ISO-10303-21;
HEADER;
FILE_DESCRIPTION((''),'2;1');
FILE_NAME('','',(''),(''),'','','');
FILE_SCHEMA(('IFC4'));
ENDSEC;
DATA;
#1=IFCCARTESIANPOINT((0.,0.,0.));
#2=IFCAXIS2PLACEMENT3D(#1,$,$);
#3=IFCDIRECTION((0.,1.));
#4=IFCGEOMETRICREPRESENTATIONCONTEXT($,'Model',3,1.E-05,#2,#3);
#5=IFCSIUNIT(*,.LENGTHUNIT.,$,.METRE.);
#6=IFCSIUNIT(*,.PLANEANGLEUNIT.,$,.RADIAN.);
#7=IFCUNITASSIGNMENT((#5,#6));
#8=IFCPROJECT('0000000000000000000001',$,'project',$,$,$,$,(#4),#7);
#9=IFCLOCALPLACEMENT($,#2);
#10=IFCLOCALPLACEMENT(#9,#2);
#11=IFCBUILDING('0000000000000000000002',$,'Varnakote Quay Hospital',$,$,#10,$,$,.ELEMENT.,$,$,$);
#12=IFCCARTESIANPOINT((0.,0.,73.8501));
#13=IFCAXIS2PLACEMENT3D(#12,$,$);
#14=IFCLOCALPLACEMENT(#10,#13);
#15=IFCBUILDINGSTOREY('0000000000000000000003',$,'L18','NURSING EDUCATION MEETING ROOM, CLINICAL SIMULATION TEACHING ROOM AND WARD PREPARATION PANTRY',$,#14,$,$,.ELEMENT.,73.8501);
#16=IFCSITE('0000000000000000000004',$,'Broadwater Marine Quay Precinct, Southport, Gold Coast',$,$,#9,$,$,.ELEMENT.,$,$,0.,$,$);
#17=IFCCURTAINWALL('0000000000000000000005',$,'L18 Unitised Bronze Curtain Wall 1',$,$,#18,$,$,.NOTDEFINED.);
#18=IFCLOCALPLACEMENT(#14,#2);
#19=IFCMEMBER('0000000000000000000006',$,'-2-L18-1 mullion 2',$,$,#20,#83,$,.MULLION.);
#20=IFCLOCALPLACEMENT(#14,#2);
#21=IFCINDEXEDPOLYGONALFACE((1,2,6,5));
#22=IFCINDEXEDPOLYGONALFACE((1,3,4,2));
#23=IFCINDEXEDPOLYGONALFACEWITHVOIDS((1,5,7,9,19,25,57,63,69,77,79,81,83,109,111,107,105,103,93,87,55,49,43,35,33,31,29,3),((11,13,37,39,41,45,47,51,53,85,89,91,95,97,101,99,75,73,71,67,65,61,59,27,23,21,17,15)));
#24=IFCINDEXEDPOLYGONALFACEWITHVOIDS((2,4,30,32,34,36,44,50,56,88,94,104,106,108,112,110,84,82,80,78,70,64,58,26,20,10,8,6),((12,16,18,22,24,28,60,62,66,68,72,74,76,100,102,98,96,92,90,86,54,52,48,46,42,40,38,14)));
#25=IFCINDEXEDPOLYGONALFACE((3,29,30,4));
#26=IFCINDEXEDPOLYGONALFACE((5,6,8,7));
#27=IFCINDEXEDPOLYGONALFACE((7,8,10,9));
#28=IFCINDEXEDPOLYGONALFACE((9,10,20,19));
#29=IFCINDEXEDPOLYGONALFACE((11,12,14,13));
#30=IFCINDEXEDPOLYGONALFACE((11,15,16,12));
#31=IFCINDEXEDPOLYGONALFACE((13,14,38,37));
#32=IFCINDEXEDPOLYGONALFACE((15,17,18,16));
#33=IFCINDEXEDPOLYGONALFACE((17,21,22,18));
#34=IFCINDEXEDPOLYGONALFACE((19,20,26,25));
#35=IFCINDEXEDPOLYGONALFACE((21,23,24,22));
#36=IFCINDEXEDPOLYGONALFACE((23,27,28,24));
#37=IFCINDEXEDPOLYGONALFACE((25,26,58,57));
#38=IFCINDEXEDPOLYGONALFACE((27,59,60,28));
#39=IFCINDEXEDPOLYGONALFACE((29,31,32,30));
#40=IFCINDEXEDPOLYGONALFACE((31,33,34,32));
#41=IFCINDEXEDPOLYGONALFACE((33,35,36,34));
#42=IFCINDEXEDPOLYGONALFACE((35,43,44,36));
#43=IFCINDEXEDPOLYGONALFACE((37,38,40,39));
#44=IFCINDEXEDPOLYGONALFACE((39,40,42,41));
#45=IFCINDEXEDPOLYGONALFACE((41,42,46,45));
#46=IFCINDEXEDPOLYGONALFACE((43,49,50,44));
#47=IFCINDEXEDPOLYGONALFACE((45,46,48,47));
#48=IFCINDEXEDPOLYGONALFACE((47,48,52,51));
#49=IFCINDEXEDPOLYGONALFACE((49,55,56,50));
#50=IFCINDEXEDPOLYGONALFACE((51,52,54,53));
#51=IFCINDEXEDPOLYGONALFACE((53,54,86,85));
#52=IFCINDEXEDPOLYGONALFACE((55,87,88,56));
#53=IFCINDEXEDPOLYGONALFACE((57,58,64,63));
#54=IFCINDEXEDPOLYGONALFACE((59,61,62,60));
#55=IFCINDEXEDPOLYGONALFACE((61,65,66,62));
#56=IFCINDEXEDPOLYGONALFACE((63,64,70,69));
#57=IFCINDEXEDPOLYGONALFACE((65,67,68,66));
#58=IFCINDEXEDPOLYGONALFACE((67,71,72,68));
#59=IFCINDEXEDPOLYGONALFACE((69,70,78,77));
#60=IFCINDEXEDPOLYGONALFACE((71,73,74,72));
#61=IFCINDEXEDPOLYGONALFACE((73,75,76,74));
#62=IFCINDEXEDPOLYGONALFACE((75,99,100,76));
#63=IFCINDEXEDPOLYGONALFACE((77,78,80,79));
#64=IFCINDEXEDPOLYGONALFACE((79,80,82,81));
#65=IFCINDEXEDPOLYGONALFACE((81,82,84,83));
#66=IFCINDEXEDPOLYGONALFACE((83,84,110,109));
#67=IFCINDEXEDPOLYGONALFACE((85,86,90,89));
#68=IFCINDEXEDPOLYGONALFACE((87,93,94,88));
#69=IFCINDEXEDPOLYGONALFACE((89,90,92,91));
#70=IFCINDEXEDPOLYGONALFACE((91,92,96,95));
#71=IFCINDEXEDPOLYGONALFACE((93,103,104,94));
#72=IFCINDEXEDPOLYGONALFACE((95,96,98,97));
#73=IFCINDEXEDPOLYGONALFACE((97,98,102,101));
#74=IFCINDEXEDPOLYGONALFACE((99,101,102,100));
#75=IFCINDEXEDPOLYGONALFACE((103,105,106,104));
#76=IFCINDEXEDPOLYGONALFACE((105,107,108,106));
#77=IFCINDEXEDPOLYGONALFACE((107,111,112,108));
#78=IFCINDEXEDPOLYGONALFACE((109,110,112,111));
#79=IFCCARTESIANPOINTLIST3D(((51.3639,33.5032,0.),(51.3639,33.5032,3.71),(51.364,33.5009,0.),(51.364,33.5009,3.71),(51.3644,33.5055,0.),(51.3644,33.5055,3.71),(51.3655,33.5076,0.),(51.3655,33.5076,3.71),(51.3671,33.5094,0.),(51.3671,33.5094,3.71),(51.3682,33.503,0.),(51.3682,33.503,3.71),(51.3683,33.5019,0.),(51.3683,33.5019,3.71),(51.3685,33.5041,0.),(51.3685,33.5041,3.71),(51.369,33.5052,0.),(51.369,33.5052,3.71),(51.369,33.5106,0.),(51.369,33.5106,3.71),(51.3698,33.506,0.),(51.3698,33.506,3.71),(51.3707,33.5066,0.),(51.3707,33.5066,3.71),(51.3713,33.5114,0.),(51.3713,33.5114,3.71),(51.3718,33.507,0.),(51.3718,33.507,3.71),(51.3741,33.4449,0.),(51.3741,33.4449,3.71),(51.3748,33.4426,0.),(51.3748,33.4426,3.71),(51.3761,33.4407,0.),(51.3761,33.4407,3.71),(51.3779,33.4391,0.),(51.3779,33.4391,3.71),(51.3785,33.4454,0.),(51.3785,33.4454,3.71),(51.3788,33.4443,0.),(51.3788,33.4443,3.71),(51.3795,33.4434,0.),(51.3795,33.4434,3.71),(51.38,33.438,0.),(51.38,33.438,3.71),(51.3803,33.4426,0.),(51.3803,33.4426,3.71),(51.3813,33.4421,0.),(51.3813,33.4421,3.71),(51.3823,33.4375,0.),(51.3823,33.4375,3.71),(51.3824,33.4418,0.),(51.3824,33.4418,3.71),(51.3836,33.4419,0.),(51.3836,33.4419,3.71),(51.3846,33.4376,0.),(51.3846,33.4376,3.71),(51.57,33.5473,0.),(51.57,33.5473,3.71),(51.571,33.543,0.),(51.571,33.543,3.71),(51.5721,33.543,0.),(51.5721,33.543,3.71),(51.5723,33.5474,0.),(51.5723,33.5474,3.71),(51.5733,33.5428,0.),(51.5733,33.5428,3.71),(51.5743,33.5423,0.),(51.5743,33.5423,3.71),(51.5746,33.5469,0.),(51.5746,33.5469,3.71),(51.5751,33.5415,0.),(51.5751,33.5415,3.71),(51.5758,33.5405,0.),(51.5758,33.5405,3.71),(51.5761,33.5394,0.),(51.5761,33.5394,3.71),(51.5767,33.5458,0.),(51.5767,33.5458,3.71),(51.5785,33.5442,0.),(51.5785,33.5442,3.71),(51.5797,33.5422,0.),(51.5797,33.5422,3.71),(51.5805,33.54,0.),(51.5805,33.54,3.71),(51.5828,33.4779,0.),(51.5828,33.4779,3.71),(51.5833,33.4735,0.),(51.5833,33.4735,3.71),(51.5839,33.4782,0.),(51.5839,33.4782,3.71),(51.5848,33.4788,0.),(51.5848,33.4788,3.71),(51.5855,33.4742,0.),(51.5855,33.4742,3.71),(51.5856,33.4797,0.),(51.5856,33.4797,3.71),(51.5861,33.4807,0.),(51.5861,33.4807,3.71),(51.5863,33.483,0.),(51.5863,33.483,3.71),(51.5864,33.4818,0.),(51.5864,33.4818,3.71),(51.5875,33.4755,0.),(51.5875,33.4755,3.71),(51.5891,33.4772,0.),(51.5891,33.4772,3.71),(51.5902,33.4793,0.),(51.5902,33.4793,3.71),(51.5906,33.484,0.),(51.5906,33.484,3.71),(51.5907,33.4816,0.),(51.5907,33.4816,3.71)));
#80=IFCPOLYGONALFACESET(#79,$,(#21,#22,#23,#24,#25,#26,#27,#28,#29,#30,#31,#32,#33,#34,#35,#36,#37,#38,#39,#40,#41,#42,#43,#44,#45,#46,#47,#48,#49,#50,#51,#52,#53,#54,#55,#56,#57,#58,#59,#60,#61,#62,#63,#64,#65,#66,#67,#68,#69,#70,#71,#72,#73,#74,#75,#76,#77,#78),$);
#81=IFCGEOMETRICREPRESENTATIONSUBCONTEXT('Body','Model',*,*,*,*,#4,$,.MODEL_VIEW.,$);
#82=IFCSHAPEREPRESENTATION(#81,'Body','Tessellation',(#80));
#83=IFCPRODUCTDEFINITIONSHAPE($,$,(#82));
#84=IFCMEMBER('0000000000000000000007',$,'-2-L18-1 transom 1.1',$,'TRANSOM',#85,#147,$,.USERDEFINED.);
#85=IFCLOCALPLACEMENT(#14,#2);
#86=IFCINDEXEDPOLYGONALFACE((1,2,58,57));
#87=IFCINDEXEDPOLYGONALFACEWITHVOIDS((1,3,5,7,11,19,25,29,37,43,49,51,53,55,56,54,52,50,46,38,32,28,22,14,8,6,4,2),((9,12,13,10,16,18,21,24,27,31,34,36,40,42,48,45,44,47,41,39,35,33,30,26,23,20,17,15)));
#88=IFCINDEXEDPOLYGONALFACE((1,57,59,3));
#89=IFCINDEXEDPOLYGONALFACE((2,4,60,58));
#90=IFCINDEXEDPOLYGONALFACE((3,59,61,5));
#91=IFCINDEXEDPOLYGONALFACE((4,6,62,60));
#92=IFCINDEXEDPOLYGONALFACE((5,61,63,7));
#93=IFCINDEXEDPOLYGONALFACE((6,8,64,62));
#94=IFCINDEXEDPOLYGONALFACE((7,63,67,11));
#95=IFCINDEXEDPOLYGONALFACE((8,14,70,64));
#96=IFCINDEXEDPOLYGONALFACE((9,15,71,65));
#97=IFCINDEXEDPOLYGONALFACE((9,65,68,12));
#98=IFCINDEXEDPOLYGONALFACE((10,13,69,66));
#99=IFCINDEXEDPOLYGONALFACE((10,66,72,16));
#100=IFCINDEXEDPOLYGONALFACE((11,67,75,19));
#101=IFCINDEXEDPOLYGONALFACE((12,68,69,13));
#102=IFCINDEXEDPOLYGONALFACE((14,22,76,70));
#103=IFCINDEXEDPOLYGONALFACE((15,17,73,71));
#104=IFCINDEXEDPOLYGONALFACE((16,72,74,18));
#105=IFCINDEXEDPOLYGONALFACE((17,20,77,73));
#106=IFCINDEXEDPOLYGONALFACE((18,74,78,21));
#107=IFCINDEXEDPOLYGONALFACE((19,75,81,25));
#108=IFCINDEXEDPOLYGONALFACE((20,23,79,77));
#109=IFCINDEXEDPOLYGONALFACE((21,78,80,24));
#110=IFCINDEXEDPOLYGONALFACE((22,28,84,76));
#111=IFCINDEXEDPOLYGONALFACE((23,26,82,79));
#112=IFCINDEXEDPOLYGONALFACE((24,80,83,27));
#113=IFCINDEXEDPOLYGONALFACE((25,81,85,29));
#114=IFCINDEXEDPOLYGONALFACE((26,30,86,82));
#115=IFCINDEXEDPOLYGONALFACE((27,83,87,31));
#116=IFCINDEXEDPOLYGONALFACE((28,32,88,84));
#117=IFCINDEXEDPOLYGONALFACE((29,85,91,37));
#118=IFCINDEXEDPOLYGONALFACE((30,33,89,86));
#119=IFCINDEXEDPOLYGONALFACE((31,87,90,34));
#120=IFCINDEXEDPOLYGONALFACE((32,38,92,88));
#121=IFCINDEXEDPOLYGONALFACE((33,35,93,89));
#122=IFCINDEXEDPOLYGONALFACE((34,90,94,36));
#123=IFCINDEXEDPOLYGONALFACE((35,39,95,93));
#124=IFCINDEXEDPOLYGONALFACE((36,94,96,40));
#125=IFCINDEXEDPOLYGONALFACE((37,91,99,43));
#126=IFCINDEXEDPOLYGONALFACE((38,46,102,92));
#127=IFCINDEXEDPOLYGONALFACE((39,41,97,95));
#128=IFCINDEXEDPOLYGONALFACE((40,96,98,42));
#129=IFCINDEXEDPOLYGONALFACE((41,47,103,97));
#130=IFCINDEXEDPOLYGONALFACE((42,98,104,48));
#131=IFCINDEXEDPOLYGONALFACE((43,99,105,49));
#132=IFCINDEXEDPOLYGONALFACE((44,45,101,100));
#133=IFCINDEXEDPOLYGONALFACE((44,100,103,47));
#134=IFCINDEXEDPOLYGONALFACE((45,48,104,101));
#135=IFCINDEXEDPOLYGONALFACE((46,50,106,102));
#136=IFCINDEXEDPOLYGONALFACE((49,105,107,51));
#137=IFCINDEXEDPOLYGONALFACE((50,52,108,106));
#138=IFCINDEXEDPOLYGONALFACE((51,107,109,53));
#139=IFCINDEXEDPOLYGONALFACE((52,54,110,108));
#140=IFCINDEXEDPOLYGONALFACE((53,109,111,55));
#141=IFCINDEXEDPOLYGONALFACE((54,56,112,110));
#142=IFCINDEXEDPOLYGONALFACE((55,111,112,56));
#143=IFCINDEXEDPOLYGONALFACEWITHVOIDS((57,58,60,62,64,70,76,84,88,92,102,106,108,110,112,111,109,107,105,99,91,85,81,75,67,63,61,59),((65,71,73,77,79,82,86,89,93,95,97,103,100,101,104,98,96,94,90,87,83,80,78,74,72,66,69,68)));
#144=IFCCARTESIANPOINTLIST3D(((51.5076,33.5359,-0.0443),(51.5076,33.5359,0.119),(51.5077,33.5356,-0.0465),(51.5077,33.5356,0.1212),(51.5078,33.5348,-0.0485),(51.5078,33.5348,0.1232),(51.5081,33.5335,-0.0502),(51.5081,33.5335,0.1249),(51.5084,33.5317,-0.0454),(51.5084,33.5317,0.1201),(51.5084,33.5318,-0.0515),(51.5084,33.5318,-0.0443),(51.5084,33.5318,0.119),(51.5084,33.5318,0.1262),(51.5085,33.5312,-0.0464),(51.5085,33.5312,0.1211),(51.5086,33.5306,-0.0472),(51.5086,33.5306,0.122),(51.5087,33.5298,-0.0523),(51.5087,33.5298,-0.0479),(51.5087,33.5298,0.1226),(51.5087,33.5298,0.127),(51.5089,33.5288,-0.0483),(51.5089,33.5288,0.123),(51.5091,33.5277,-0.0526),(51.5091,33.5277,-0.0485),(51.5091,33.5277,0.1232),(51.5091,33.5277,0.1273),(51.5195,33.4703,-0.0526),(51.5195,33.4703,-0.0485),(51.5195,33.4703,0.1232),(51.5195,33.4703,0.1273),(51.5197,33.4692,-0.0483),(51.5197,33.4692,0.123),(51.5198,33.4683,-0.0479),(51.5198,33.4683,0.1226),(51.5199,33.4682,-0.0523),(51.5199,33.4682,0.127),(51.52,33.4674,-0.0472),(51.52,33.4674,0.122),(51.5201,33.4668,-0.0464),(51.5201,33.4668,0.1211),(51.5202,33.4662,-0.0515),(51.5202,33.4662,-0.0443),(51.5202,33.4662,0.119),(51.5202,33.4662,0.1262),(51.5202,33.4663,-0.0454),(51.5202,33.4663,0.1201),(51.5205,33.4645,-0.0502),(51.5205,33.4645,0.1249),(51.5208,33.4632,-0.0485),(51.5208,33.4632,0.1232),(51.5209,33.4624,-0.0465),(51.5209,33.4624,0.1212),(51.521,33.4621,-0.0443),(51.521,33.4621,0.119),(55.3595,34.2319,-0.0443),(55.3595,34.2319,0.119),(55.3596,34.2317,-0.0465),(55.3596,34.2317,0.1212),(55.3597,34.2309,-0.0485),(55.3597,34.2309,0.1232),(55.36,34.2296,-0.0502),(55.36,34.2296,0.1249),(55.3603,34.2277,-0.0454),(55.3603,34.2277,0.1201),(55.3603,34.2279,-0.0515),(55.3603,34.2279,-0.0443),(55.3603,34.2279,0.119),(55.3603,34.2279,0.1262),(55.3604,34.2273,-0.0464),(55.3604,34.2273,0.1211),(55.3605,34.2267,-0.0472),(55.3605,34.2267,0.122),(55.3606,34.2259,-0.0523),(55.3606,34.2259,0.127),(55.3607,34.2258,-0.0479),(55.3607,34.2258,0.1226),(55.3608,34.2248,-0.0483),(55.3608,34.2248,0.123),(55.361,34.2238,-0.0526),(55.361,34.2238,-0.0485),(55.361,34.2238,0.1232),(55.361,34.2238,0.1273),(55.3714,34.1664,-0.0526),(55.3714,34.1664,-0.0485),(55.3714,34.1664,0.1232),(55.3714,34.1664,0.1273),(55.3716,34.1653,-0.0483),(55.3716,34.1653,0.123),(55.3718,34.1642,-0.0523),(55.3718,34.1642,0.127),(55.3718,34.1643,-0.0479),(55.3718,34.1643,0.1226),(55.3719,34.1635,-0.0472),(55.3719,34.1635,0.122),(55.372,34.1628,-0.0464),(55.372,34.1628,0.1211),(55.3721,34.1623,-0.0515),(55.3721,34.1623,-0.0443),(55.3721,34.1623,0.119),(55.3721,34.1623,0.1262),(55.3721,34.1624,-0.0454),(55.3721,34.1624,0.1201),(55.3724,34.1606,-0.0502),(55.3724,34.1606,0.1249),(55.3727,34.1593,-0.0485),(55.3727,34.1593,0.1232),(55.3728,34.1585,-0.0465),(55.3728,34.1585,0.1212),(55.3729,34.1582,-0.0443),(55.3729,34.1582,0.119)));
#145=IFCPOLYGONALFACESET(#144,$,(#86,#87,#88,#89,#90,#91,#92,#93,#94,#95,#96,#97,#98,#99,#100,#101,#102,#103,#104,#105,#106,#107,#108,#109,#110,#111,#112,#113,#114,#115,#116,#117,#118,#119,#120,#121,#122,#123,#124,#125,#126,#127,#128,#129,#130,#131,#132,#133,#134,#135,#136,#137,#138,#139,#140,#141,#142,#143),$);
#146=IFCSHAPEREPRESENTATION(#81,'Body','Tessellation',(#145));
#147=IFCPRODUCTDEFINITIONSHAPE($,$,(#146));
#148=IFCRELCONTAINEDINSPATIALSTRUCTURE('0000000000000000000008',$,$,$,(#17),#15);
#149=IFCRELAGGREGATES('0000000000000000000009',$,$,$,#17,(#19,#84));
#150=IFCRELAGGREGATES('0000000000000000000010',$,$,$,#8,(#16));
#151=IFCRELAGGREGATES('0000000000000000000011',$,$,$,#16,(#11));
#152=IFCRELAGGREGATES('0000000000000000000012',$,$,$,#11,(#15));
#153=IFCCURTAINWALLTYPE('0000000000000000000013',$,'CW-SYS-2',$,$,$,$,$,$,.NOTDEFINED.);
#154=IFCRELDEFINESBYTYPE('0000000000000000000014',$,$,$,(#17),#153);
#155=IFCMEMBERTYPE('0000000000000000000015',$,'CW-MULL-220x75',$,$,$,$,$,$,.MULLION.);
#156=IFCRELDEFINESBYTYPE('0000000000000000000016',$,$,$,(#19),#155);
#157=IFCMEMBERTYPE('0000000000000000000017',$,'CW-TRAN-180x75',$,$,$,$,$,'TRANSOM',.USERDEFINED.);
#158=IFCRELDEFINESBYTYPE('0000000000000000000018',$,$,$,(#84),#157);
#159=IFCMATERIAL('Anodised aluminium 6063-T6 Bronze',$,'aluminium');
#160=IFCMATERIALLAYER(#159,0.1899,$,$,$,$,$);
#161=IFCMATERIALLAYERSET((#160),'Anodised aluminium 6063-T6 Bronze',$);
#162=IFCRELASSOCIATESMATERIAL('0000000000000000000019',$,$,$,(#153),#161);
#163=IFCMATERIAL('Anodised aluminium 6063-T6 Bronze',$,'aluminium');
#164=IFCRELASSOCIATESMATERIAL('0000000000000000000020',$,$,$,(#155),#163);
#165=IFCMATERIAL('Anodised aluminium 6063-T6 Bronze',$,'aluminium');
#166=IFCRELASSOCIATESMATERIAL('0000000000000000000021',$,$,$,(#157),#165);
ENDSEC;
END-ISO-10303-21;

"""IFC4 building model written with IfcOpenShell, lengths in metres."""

from ifc_helpers import new_model, si_unit, direction, frame, origin, origin_2d, place, context, subcontext, project, spatial, hollow_rectangle, extrude, material, layer, layer_set, material_profile, profile_set, type_object, element, aggregate, save


model = new_model("IFC4")

# Units and contexts
model_context = context("Model", 3, precision=1e-05, world=origin(), true_north=direction((0.0, 1.0)))
body_context = subcontext(model_context, "Body", "Model", "MODEL_VIEW")
ifc_project = project(units=[si_unit("LENGTHUNIT", "METRE"), si_unit("PLANEANGLEUNIT", "RADIAN")], contexts=[model_context])

# Site, building, storey
site_placement = place(None, origin())
site = spatial("IfcSite", under=ifc_project, at=site_placement, Name="Broadwater Marine Quay Precinct, Southport, Gold Coast", CompositionType="ELEMENT", RefElevation=0.0)
building_placement = place(site_placement, origin())
building = spatial("IfcBuilding", under=site, at=building_placement, Name="Varnakote Quay Hospital", CompositionType="ELEMENT")
storey_placement = place(building_placement, frame((0.0, 0.0, 73.8501)))
storey = spatial("IfcBuildingStorey", under=building, at=storey_placement, Name="L18", Description="NURSING EDUCATION MEETING ROOM, CLINICAL SIMULATION TEACHING ROOM AND WARD PREPARATION PANTRY", CompositionType="ELEMENT", Elevation=73.8501)

# Curtain wall, members
ifc_material_1 = material(Name="Anodised aluminium 6063-T6 Bronze", Category="aluminium")
ifc_layer_1 = layer(ifc_material_1, 0.1899)
ifc_layer_set_1 = layer_set([ifc_layer_1], Name="Anodised aluminium 6063-T6 Bronze")
curtain_wall_type = type_object("IfcCurtainWallType", Name="CW-SYS-2", PredefinedType="NOTDEFINED", material=ifc_layer_set_1)
curtain_wall_placement = place(storey_placement, origin())
curtain_wall = element("IfcCurtainWall", 1, at=curtain_wall_placement, inside=storey, type_object=curtain_wall_type, Name="L18 Unitised Bronze Curtain Wall 1", PredefinedType="NOTDEFINED")
ifc_material_2 = material(Name="Anodised aluminium 6063-T6 Bronze", Category="aluminium")
ifc_material_profile_1 = material_profile(ifc_material_2, hollow_rectangle(XDim=0.075, YDim=0.22, WallThickness=0.0044, InnerFilletRadius=0.0044, OuterFilletRadius=0.009, at=origin_2d()), Name="CW-MULL-220x75")
ifc_profile_set_1 = profile_set([ifc_material_profile_1], Name="Anodised aluminium 6063-T6 Bronze")
member_type_1 = type_object("IfcMemberType", Name="CW-MULL-220x75", PredefinedType="MULLION", material=ifc_profile_set_1)
member_1_placement = place(storey_placement, frame((51.4773, 33.4924, 0.0), z_axis=(0.0, 0.0, 1.0), x_axis=(0.177846, -0.984058, 0.0)))
member_1 = element("IfcMember", 2, at=member_1_placement, type_object=member_type_1, Name="-2-L18-1 mullion 2", PredefinedType="MULLION", context=body_context, shape_type="SweptSolid", body=[
    extrude(hollow_rectangle(XDim=0.075, YDim=0.22, WallThickness=0.0044, InnerFilletRadius=0.0044, OuterFilletRadius=0.009, at=origin_2d()), origin(), (0.0, 0.0, 1.0), 3.71),
])
ifc_material_3 = material(Name="Anodised aluminium 6063-T6 Bronze", Category="aluminium")
ifc_material_profile_2 = material_profile(ifc_material_3, hollow_rectangle(XDim=0.075, YDim=0.1799, WallThickness=0.0042, InnerFilletRadius=0.0042, OuterFilletRadius=0.0083, at=origin_2d()), Name="CW-TRAN-180x75")
ifc_profile_set_2 = profile_set([ifc_material_profile_2], Name="Anodised aluminium 6063-T6 Bronze")
member_type_2 = type_object("IfcMemberType", Name="CW-TRAN-180x75", ElementType="TRANSOM", PredefinedType="USERDEFINED", material=ifc_profile_set_2)
member_2_placement = place(storey_placement, frame((55.3662, 34.1951, 0.0374), z_axis=(-0.984062, -0.177826, 0.0), x_axis=(0.177826, -0.984062, 0.0)))
member_2 = element("IfcMember", 3, at=member_2_placement, type_object=member_type_2, Name="-2-L18-1 transom 1.1", ObjectType="TRANSOM", PredefinedType="USERDEFINED", context=body_context, shape_type="SweptSolid", body=[
    extrude(hollow_rectangle(XDim=0.075, YDim=0.1799, WallThickness=0.0042, InnerFilletRadius=0.0042, OuterFilletRadius=0.0083, at=origin_2d()), origin(), (0.0, 0.0, 1.0), 3.9143),
])
aggregate(curtain_wall, [member_1, member_2])

save(model, "model.ifc")
